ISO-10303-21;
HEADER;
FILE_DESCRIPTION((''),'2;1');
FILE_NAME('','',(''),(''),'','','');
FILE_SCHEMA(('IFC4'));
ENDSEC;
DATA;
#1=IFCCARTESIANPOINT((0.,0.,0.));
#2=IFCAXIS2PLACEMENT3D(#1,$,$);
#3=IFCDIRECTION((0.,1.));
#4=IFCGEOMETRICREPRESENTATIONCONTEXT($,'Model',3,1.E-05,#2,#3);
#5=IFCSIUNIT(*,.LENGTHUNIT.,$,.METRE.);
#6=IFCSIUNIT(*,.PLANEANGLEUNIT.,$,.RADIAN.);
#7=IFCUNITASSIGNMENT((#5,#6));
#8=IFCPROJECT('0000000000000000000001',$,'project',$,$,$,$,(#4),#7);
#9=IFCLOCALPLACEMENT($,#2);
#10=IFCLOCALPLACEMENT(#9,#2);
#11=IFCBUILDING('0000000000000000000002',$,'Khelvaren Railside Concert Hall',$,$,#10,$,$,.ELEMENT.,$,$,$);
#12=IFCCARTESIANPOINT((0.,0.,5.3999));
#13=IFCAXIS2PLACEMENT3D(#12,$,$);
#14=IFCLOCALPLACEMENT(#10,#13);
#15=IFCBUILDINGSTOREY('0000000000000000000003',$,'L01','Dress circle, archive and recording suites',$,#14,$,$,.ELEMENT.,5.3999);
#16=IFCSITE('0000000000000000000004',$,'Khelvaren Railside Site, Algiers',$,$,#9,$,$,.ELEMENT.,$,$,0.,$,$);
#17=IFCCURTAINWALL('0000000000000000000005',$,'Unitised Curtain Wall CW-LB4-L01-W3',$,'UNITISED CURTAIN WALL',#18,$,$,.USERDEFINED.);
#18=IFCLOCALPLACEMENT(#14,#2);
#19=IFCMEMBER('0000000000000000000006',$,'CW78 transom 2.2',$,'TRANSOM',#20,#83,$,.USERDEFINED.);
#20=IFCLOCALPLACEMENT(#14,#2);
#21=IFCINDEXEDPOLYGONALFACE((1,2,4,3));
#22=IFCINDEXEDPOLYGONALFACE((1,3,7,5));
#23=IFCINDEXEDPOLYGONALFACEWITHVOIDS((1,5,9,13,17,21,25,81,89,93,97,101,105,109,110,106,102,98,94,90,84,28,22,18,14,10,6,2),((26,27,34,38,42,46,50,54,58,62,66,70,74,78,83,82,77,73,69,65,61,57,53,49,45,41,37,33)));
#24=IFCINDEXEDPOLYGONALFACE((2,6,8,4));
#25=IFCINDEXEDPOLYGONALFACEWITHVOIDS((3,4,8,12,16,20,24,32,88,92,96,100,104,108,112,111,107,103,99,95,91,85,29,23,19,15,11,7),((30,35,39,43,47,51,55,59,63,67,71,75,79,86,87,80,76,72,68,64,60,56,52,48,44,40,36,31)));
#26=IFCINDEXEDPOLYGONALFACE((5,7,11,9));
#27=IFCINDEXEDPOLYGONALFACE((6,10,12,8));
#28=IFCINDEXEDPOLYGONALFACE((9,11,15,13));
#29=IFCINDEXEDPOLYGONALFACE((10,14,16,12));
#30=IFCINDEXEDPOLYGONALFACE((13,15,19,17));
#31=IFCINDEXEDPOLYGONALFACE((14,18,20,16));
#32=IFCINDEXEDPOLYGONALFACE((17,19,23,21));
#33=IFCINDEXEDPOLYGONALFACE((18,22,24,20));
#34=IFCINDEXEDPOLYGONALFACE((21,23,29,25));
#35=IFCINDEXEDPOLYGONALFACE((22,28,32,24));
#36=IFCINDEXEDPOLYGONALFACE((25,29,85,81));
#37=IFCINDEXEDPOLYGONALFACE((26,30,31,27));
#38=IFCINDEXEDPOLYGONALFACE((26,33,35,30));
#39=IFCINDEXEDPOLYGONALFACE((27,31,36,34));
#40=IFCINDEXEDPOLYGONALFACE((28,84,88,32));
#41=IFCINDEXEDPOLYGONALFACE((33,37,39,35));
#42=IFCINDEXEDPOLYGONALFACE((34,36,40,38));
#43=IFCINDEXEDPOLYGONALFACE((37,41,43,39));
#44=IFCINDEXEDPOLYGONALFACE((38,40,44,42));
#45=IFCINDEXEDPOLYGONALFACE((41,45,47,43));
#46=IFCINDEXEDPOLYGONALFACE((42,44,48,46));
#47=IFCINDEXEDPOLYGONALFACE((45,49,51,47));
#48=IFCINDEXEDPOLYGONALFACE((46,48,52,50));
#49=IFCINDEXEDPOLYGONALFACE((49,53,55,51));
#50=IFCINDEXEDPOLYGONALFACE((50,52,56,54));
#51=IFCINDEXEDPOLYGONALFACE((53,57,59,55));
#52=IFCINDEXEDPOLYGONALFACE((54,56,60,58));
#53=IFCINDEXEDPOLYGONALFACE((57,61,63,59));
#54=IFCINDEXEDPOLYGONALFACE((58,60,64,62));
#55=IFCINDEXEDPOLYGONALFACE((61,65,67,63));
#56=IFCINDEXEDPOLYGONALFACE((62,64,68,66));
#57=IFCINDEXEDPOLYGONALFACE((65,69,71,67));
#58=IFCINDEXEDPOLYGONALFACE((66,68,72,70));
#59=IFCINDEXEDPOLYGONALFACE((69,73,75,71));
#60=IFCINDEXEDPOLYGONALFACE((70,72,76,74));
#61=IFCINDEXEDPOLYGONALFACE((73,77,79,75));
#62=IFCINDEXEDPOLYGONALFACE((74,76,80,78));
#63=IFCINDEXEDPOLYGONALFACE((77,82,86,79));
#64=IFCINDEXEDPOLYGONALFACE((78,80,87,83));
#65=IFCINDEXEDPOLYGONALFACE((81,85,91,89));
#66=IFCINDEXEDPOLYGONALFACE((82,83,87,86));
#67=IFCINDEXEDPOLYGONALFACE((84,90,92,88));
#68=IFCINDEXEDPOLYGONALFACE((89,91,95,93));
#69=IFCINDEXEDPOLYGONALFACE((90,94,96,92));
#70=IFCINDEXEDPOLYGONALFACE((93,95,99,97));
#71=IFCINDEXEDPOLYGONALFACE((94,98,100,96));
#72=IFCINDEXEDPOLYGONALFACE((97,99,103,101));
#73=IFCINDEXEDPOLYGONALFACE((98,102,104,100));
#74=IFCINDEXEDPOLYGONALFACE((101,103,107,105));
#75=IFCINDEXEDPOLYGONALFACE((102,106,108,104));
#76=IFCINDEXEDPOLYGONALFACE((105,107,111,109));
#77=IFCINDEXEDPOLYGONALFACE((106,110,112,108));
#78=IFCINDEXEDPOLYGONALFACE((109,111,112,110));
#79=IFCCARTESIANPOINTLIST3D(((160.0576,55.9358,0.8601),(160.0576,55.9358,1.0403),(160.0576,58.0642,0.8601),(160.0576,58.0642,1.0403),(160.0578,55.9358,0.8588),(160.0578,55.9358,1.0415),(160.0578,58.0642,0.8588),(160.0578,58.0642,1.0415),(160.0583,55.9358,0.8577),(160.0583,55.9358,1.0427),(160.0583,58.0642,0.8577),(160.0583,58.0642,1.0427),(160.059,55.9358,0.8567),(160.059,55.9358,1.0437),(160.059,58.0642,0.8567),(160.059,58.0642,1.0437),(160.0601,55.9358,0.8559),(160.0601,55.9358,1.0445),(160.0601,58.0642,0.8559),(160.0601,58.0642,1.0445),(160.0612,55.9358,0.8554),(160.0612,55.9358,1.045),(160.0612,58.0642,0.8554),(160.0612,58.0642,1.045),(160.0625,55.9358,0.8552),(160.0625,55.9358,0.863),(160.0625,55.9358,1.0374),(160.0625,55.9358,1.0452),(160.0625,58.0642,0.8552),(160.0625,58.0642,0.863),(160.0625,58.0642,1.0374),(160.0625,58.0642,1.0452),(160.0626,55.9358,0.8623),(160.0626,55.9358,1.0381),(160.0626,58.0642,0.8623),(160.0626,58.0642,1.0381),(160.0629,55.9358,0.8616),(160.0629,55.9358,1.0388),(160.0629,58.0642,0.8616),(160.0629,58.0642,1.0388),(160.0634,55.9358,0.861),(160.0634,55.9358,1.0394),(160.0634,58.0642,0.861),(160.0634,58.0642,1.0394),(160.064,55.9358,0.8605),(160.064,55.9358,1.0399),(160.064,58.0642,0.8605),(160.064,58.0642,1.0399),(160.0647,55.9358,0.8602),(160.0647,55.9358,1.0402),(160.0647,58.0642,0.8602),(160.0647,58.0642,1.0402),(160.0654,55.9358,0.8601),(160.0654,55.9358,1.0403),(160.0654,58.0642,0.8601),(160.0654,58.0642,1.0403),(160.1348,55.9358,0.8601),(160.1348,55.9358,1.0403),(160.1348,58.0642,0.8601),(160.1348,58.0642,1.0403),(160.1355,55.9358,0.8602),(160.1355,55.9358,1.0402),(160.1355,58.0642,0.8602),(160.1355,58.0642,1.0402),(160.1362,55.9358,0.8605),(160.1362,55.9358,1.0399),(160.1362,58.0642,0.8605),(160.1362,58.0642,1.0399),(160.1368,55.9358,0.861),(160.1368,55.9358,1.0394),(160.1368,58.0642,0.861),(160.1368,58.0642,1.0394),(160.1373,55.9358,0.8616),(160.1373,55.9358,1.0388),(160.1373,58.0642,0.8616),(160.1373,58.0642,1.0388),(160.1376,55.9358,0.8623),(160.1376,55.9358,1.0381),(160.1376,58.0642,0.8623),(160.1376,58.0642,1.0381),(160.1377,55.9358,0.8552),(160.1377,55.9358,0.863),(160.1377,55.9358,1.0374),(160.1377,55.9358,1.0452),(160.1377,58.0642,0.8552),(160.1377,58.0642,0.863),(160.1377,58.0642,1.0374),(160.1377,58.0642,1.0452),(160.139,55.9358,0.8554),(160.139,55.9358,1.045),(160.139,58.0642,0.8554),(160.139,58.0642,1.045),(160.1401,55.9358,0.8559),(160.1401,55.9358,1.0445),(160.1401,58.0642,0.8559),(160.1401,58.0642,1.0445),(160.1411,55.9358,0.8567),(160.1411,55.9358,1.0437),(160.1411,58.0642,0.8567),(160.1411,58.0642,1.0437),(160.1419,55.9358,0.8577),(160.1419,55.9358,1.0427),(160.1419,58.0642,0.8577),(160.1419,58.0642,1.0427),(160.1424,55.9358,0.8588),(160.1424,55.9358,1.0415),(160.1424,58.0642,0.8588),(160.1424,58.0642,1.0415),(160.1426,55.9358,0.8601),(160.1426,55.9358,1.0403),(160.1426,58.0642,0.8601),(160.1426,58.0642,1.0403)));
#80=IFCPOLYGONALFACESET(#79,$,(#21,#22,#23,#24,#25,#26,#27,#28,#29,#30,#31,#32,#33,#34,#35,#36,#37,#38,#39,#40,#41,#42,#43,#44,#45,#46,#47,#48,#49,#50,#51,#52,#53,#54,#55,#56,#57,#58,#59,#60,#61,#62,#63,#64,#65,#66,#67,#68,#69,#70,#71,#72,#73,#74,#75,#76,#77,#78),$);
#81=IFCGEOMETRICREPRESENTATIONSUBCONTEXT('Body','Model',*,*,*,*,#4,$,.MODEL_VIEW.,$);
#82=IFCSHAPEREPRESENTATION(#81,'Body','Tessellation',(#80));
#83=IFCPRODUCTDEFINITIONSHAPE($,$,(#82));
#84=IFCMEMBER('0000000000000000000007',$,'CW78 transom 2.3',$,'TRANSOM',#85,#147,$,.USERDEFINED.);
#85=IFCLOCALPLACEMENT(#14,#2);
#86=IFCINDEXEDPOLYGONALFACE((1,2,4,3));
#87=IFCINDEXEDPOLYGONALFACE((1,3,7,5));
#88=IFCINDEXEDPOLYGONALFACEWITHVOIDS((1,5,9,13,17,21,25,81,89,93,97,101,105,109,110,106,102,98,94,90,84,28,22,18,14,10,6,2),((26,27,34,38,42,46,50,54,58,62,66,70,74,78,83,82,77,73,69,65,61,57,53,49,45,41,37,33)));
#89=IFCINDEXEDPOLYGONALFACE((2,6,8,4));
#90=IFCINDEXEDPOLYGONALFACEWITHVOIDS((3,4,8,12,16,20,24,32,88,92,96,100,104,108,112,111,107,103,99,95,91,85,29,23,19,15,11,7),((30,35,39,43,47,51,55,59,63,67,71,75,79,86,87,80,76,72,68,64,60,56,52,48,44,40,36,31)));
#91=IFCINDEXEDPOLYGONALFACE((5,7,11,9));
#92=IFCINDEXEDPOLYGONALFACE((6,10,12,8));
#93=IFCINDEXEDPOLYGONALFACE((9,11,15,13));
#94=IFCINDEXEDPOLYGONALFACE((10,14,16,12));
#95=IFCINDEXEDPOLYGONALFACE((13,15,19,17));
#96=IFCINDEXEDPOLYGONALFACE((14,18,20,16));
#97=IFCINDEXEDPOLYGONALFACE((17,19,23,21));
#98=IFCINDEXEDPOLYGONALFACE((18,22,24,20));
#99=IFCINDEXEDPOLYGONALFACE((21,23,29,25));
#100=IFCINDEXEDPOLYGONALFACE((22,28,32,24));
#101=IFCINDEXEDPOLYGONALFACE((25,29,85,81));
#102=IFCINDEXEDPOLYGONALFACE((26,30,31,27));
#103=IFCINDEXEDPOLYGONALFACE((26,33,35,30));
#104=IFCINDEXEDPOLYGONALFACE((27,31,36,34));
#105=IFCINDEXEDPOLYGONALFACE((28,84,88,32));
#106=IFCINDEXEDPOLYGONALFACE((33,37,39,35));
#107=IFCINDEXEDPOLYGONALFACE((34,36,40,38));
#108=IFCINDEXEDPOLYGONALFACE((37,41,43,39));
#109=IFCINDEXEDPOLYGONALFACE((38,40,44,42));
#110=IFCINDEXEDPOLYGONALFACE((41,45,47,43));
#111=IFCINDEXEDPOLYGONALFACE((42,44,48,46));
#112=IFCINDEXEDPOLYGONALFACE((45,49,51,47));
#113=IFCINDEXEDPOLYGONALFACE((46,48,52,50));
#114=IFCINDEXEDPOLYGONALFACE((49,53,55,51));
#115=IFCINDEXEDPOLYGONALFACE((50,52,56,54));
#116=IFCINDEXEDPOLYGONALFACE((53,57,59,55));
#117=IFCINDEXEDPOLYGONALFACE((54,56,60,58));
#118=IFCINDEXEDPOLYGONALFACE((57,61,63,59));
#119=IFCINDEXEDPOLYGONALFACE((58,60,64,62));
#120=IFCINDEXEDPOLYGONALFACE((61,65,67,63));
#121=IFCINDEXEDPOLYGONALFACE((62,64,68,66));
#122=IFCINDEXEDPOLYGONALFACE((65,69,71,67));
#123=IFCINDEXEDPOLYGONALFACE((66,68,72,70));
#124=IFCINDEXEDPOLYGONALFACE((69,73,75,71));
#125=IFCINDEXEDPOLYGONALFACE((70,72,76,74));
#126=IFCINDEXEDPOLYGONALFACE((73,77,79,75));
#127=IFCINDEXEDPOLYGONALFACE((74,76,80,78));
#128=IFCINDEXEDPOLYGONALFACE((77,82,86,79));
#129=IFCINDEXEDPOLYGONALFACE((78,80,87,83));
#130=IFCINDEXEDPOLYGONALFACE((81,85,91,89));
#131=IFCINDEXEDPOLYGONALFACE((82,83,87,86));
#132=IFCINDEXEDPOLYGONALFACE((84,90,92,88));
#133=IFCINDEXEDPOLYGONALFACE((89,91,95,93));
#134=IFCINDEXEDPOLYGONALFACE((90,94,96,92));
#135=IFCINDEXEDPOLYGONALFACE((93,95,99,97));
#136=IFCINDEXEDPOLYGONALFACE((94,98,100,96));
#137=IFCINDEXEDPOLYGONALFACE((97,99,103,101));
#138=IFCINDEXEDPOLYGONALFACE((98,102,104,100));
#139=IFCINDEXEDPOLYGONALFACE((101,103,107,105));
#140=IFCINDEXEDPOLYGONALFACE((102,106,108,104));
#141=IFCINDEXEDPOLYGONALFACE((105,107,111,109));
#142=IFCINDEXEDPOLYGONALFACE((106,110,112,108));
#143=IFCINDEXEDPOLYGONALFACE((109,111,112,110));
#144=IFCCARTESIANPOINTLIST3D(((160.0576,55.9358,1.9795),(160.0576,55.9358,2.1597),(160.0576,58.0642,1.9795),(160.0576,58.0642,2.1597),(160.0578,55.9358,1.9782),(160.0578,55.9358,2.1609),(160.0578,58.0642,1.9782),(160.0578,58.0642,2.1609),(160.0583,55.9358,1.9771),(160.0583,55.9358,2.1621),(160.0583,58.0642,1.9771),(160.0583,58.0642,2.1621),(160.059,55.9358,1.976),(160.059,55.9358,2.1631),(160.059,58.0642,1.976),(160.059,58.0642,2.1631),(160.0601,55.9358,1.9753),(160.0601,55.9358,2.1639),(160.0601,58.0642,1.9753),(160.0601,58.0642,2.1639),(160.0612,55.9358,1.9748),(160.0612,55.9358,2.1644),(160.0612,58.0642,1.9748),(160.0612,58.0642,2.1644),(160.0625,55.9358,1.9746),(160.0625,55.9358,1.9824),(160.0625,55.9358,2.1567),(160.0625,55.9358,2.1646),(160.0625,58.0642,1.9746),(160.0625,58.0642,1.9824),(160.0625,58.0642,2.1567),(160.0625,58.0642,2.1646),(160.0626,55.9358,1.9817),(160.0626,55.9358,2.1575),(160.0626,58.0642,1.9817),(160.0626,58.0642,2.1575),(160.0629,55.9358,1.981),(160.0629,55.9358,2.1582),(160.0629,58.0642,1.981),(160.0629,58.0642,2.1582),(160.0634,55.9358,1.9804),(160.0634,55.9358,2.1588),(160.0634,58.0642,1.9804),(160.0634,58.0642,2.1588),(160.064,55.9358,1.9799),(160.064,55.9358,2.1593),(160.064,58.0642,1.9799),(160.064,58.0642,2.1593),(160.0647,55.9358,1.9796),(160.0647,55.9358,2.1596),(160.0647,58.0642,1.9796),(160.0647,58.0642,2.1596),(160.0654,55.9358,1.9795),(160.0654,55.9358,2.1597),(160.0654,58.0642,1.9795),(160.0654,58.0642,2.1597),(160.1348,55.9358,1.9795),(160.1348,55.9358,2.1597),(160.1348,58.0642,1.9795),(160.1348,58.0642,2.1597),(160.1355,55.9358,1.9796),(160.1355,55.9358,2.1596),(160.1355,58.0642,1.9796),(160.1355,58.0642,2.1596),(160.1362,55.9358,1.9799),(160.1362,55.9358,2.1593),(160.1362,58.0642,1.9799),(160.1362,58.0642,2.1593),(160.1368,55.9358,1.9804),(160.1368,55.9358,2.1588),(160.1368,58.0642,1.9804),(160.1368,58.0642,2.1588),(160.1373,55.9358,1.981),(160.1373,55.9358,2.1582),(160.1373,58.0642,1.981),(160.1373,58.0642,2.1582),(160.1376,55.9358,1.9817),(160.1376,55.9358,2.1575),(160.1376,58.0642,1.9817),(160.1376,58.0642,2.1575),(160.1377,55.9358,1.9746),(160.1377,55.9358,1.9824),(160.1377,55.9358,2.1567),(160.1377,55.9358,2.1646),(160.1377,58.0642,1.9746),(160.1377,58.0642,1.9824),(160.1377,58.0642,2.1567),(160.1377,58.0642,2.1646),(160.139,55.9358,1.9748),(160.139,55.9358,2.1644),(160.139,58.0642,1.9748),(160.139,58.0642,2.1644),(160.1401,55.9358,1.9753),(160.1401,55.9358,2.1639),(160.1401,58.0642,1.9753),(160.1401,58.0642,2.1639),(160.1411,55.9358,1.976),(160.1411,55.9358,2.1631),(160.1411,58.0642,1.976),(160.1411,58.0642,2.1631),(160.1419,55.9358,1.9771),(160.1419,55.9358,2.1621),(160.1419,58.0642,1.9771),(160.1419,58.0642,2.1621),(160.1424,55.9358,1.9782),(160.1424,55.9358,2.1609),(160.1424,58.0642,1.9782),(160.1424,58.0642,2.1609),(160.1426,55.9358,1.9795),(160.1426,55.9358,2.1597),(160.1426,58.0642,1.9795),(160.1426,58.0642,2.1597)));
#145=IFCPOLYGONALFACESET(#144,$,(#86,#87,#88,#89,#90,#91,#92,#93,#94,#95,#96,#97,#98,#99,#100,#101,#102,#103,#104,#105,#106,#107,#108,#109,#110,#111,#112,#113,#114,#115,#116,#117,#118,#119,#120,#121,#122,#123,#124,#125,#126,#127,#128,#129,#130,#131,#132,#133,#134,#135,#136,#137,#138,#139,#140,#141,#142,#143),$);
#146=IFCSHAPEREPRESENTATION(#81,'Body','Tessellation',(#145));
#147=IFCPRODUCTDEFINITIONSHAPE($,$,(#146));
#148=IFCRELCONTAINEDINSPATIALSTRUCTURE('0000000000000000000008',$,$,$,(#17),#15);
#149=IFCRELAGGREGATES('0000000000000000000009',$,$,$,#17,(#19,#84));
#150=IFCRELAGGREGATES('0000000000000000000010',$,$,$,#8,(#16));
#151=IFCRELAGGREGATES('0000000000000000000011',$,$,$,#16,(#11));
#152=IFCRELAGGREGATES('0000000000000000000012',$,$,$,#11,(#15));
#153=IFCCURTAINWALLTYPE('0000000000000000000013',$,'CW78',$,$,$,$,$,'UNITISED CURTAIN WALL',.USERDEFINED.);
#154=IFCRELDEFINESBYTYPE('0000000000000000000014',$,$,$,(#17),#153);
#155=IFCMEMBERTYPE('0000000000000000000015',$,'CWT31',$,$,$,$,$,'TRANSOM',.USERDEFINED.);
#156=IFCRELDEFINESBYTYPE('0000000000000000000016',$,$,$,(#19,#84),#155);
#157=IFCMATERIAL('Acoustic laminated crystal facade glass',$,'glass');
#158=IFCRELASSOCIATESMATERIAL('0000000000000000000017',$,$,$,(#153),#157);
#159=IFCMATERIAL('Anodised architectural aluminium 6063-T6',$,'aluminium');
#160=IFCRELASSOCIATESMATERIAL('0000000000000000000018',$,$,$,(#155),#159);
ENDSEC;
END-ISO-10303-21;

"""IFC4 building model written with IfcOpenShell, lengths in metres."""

from ifc_helpers import new_model, si_unit, direction, frame, origin, origin_2d, place, context, subcontext, project, spatial, hollow_rectangle, extrude, material, material_profile, profile_set, type_object, element, aggregate, save


model = new_model("IFC4")

# Units and contexts
model_context = context("Model", 3, precision=1e-05, world=origin(), true_north=direction((0.0, 1.0)))
body_context = subcontext(model_context, "Body", "Model", "MODEL_VIEW")
ifc_project = project(units=[si_unit("LENGTHUNIT", "METRE"), si_unit("PLANEANGLEUNIT", "RADIAN")], contexts=[model_context])

# Site, building, storey
site_placement = place(None, origin())
site = spatial("IfcSite", under=ifc_project, at=site_placement, Name="Khelvaren Railside Site, Algiers", CompositionType="ELEMENT", RefElevation=0.0)
building_placement = place(site_placement, origin())
building = spatial("IfcBuilding", under=site, at=building_placement, Name="Khelvaren Railside Concert Hall", CompositionType="ELEMENT")
storey_placement = place(building_placement, frame((0.0, 0.0, 5.3999)))
storey = spatial("IfcBuildingStorey", under=building, at=storey_placement, Name="L01", Description="Dress circle, archive and recording suites", CompositionType="ELEMENT", Elevation=5.3999)

# Curtain wall, members
ifc_material_1 = material(Name="Acoustic laminated crystal facade glass", Category="glass")
curtain_wall_type = type_object("IfcCurtainWallType", Name="CW78", ElementType="UNITISED CURTAIN WALL", PredefinedType="USERDEFINED", material=ifc_material_1)
curtain_wall_placement = place(storey_placement, origin())
curtain_wall = element("IfcCurtainWall", 1, at=curtain_wall_placement, inside=storey, type_object=curtain_wall_type, Name="Unitised Curtain Wall CW-LB4-L01-W3", ObjectType="UNITISED CURTAIN WALL", PredefinedType="USERDEFINED")
ifc_material_2 = material(Name="Anodised architectural aluminium 6063-T6", Category="aluminium")
ifc_material_profile_1 = material_profile(ifc_material_2, hollow_rectangle(XDim=0.085, YDim=0.1899, WallThickness=0.0049, InnerFilletRadius=0.0029, OuterFilletRadius=0.0049, at=origin_2d()), Name="CWT 85x190x5")
ifc_profile_set_1 = profile_set([ifc_material_profile_1], Name="Anodised architectural aluminium 6063-T6")
member_type_1 = type_object("IfcMemberType", Name="CWT31", ElementType="TRANSOM", PredefinedType="USERDEFINED", material=ifc_profile_set_1)
member_1_placement = place(storey_placement, frame((160.1001, 55.9358, 0.9502), z_axis=(0.0, 1.0, 0.0), x_axis=(-1.0, 0.0, 0.0)))
member_1 = element("IfcMember", 2, at=member_1_placement, type_object=member_type_1, Name="CW78 transom 2.2", ObjectType="TRANSOM", PredefinedType="USERDEFINED", context=body_context, shape_type="SweptSolid", body=[
    extrude(hollow_rectangle(XDim=0.085, YDim=0.1899, WallThickness=0.0049, InnerFilletRadius=0.0029, OuterFilletRadius=0.0049, at=origin_2d()), origin(), (0.0, 0.0, 1.0), 2.1284),
])
member_2_placement = place(storey_placement, frame((160.1001, 55.9358, 2.0696), z_axis=(0.0, 1.0, 0.0), x_axis=(-1.0, 0.0, 0.0)))
member_2 = element("IfcMember", 3, at=member_2_placement, type_object=member_type_1, Name="CW78 transom 2.3", ObjectType="TRANSOM", PredefinedType="USERDEFINED", context=body_context, shape_type="SweptSolid", body=[
    extrude(hollow_rectangle(XDim=0.085, YDim=0.1899, WallThickness=0.0049, InnerFilletRadius=0.0029, OuterFilletRadius=0.0049, at=origin_2d()), origin(), (0.0, 0.0, 1.0), 2.1284),
])

aggregate(curtain_wall, [member_1, member_2])

save(model, "model.ifc")
